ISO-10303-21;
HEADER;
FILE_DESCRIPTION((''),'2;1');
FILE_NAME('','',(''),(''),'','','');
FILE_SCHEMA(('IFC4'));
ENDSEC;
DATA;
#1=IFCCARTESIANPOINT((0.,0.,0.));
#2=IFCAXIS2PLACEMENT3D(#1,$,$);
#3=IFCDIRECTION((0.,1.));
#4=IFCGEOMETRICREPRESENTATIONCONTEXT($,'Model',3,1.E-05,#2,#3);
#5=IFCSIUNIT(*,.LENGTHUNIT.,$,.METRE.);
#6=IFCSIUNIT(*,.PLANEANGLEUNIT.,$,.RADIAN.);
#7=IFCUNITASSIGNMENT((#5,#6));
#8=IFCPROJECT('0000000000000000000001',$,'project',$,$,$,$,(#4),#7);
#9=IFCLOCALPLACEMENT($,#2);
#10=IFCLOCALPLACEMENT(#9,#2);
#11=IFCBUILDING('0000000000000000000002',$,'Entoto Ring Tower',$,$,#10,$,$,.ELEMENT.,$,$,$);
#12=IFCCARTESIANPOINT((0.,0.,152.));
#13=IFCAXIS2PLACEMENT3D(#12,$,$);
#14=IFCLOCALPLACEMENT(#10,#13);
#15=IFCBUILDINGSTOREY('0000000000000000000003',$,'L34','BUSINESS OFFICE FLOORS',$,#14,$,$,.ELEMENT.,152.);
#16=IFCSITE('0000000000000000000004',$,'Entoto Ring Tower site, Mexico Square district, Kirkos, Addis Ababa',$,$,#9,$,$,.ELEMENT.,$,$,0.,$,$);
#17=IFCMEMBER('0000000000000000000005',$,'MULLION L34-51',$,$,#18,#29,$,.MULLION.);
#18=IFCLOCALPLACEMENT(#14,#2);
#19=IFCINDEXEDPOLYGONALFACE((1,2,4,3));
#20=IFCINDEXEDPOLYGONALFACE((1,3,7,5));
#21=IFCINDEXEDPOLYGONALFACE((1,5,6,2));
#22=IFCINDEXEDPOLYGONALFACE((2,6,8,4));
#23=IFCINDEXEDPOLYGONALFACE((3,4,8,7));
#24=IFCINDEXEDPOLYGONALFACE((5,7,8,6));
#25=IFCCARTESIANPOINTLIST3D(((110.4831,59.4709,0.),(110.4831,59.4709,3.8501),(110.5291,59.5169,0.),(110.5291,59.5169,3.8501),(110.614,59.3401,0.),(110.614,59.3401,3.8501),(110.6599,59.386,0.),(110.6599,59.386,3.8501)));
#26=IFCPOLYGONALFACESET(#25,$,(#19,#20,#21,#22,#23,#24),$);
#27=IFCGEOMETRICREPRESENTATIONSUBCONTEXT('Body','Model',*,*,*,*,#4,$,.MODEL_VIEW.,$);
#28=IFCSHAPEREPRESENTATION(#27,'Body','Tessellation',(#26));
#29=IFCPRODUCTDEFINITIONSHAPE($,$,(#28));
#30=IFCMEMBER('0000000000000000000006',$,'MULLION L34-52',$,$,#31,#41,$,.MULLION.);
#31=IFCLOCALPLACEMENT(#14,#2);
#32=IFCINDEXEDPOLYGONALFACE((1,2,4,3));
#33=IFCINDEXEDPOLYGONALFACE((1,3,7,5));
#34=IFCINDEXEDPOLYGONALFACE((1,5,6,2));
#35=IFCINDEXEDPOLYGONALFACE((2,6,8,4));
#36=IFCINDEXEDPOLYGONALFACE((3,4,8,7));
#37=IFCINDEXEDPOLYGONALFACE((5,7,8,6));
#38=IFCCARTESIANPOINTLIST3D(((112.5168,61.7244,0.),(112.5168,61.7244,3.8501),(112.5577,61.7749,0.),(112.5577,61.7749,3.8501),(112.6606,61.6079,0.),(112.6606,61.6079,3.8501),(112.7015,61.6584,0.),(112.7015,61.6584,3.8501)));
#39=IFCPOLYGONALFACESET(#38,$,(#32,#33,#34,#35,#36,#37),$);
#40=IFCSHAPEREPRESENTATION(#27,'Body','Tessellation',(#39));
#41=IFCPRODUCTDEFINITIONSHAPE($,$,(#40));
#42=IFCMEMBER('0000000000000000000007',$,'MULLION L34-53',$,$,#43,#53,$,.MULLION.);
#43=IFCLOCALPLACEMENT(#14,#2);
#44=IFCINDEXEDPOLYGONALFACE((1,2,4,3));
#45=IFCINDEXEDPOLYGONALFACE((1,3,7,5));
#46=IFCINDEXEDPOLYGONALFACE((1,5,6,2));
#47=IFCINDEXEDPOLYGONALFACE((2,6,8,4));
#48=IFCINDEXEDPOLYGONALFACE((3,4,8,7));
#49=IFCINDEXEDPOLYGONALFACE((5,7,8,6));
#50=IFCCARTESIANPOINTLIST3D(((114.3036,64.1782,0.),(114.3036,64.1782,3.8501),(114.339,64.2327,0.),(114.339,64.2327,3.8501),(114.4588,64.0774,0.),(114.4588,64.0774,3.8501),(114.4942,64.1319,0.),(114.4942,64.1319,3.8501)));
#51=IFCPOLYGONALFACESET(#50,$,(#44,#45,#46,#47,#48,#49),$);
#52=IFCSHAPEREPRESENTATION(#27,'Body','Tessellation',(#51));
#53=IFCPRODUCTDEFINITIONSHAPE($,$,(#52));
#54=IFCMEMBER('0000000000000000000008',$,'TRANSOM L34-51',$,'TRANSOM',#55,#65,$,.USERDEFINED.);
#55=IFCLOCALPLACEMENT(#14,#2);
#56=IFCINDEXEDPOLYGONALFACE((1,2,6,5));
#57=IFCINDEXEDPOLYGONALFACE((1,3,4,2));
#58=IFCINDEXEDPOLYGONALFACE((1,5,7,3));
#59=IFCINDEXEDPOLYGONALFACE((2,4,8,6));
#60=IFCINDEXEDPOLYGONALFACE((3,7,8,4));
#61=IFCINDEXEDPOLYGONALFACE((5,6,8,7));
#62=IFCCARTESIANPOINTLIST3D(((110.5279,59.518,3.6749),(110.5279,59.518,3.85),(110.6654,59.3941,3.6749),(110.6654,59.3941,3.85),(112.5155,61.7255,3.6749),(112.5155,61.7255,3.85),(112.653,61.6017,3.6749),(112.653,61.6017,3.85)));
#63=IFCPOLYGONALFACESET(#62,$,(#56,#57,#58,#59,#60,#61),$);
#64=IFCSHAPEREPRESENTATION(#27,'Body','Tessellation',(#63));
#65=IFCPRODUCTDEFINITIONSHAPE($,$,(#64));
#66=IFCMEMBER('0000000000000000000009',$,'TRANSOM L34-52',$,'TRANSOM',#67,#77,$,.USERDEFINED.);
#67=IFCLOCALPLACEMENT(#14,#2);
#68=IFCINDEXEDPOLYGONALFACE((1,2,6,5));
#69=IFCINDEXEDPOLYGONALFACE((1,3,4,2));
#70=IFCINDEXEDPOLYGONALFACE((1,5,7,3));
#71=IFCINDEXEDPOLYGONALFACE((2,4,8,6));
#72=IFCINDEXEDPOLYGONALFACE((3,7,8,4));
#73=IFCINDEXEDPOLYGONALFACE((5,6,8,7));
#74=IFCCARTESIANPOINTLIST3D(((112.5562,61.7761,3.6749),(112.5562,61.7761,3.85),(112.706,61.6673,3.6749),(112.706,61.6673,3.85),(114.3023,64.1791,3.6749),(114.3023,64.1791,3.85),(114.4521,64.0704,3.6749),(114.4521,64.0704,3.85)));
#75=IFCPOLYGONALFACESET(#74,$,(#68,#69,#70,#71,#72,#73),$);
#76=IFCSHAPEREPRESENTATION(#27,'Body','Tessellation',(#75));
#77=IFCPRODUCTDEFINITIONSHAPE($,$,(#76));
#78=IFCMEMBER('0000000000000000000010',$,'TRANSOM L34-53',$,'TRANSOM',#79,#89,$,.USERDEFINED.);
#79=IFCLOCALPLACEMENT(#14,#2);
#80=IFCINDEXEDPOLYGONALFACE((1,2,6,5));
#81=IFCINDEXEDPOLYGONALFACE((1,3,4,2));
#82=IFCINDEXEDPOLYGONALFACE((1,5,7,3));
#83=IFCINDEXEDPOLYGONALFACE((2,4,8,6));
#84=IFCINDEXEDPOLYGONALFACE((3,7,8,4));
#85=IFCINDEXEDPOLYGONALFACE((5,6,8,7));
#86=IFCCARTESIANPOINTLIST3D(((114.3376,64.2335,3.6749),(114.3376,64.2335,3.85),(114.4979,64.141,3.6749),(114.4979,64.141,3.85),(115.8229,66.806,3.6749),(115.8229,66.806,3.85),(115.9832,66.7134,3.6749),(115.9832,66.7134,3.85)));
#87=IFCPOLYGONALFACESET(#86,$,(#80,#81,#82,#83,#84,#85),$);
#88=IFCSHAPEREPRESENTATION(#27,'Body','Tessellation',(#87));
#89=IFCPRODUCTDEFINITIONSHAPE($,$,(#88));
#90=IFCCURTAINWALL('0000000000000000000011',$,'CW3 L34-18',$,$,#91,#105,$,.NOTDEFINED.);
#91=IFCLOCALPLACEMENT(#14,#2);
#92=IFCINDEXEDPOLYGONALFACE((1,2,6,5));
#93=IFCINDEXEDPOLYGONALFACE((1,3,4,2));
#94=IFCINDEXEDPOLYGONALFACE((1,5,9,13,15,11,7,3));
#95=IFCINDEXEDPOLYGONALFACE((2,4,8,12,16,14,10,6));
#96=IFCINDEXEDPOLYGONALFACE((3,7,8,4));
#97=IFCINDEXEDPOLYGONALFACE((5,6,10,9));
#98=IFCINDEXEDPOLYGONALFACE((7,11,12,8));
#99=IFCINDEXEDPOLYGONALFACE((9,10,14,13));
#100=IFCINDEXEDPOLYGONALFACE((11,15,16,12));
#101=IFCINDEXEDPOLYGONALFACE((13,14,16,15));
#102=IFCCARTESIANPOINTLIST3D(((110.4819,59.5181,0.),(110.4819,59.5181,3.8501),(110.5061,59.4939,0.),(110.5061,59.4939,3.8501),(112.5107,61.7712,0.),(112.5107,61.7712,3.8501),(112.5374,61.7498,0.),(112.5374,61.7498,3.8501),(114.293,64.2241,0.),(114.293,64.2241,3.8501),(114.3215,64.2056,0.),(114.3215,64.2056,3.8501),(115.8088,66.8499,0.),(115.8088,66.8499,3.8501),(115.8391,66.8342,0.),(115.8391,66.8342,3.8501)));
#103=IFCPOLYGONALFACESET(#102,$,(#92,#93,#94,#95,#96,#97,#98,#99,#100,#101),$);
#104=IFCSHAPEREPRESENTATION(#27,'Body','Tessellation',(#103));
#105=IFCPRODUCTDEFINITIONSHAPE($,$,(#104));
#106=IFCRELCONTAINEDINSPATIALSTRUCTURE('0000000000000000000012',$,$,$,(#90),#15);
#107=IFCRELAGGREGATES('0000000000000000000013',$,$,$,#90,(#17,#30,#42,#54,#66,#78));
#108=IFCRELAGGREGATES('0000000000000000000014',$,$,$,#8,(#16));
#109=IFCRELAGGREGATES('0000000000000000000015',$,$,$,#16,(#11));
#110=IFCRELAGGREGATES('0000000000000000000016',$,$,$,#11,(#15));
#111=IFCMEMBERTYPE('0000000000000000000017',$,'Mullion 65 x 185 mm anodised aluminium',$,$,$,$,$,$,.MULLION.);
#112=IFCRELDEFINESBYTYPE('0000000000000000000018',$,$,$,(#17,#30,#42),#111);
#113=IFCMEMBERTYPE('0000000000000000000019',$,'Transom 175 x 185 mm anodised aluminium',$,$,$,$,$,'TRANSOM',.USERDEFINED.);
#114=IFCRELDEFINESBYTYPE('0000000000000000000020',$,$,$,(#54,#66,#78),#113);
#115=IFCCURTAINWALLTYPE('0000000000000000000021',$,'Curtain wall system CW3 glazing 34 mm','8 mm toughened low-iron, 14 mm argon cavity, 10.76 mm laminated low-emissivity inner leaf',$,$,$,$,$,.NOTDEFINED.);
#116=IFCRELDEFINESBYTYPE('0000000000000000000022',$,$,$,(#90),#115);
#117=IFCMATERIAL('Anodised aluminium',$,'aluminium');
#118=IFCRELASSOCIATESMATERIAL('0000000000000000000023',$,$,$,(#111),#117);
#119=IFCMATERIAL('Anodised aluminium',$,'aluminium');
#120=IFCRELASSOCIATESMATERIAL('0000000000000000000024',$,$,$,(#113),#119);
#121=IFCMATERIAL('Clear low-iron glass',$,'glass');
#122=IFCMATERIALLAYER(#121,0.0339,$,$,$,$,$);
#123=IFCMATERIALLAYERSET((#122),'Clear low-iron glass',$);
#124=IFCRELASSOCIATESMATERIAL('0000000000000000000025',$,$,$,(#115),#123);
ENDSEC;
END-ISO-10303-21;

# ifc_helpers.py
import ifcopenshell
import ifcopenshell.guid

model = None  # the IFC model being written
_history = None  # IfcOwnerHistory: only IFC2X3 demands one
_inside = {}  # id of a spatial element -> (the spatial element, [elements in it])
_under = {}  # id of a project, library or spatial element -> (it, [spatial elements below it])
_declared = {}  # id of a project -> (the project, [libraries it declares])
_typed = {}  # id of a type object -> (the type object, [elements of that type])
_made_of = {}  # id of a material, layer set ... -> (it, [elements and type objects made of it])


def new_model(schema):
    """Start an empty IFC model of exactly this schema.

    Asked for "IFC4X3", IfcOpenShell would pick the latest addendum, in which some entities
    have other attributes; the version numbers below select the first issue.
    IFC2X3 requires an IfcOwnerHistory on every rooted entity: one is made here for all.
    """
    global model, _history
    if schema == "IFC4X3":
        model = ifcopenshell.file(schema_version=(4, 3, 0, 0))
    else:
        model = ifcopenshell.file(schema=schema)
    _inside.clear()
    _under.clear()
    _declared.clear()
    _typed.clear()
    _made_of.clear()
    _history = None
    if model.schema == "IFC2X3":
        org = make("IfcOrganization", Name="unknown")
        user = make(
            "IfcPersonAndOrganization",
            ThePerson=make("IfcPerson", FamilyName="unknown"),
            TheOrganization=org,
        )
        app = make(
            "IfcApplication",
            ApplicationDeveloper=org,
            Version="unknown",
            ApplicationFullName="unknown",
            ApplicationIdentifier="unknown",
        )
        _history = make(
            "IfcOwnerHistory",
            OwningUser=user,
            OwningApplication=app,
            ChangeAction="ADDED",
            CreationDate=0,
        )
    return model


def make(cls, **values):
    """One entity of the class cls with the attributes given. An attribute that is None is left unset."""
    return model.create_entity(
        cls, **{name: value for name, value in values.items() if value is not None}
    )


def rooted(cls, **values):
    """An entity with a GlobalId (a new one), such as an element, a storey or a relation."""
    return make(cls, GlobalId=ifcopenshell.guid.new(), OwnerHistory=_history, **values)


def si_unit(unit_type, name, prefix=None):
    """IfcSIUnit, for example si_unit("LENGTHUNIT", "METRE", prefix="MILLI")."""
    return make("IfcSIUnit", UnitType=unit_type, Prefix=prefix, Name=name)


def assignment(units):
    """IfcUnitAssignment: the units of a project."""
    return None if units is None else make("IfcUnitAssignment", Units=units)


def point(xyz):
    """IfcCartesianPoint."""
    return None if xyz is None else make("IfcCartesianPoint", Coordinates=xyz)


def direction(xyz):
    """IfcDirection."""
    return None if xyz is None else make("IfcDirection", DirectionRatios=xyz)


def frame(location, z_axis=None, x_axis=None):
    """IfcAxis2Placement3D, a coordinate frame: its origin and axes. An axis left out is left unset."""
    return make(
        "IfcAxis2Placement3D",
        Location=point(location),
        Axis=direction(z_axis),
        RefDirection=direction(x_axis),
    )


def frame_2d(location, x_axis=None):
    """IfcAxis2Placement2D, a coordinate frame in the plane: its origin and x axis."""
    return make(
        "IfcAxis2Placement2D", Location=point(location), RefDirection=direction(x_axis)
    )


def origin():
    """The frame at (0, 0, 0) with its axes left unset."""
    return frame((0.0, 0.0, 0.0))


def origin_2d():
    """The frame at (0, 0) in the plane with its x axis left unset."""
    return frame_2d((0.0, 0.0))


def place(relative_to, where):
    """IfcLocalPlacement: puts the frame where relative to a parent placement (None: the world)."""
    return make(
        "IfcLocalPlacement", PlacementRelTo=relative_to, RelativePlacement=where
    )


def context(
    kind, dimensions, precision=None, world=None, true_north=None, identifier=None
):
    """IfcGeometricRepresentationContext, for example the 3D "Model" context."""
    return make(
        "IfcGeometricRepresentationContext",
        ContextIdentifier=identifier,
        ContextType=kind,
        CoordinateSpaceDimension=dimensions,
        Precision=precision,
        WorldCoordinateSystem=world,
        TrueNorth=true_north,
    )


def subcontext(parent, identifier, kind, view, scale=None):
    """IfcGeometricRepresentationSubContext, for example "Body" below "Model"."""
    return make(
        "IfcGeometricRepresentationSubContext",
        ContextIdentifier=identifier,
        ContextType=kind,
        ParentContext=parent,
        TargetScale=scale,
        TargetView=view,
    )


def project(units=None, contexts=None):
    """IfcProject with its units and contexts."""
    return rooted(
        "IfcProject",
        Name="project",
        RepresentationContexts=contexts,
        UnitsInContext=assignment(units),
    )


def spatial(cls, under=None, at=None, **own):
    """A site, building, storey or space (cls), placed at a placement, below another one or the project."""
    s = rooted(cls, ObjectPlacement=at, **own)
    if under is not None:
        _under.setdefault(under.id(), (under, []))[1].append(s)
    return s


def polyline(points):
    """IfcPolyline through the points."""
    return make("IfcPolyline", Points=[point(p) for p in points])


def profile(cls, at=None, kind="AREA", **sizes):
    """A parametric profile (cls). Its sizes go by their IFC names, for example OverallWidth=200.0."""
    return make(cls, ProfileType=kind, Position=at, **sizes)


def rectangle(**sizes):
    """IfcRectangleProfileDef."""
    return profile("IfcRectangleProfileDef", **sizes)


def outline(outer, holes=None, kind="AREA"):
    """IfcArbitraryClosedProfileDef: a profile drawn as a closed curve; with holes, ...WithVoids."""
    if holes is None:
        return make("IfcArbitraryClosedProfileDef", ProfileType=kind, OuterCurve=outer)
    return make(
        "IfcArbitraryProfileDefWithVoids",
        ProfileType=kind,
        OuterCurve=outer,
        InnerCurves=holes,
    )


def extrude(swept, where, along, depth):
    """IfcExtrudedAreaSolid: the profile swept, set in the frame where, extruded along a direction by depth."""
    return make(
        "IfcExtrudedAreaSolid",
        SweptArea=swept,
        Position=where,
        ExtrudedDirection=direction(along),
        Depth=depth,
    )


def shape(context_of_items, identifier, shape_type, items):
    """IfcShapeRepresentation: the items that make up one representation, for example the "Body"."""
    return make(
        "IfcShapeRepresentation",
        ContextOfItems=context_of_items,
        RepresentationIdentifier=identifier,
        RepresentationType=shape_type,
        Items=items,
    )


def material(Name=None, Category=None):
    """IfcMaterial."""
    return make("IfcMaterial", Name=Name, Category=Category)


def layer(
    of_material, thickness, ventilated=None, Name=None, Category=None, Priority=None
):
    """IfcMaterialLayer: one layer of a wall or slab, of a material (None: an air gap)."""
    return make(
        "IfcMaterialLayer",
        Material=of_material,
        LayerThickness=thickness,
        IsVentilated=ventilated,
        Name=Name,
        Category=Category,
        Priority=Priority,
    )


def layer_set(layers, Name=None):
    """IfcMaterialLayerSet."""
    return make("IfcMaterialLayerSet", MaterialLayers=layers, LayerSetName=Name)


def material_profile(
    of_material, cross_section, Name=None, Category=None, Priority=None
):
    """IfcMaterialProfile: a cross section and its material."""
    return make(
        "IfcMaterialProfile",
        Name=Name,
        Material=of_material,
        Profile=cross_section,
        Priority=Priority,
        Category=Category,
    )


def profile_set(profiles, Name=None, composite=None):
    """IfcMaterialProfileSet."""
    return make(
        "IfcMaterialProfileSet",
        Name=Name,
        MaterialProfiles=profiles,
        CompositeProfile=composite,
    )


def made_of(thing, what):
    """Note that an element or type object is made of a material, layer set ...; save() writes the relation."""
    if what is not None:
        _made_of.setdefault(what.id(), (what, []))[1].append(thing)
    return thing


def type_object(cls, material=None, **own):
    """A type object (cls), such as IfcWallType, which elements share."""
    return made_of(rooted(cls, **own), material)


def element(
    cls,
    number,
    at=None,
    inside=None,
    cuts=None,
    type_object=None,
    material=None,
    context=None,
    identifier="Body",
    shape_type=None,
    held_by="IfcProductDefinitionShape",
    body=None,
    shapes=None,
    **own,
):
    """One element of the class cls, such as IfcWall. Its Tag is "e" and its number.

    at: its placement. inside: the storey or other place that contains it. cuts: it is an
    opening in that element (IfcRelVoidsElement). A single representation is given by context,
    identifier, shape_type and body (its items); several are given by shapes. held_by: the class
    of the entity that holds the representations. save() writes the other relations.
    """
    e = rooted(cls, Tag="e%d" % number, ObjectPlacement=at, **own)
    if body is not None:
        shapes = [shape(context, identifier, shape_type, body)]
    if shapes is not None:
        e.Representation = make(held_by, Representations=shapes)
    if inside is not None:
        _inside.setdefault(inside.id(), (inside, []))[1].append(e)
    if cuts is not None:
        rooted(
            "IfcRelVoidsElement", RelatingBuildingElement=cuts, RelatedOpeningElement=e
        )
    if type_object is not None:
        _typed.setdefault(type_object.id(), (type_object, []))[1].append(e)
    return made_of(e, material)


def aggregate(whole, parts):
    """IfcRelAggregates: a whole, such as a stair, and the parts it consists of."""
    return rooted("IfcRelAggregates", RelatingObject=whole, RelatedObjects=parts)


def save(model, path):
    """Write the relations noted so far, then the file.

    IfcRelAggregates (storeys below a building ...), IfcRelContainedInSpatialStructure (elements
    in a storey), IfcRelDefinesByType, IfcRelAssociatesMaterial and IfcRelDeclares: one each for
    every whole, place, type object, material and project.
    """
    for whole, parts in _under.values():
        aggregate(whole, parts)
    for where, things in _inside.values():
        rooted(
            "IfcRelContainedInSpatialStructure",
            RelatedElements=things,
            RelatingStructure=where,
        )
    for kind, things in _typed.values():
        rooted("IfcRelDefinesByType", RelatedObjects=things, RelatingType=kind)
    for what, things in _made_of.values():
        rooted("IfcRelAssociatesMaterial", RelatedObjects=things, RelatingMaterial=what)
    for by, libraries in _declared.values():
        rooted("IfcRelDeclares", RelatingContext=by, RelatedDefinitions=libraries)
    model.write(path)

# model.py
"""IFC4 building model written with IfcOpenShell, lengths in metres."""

from ifc_helpers import new_model, si_unit, direction, frame, origin, origin_2d, place, context, subcontext, project, spatial, polyline, rectangle, outline, extrude, material, layer, layer_set, material_profile, profile_set, type_object, element, aggregate, save


model = new_model("IFC4")

# Units and contexts
model_context = context("Model", 3, precision=1e-05, world=origin(), true_north=direction((0.0, 1.0)))
body_context = subcontext(model_context, "Body", "Model", "MODEL_VIEW")
ifc_project = project(units=[si_unit("LENGTHUNIT", "METRE"), si_unit("PLANEANGLEUNIT", "RADIAN")], contexts=[model_context])

# Members
ifc_material_1 = material(Name="Anodised aluminium", Category="aluminium")
ifc_material_profile_1 = material_profile(ifc_material_1, rectangle(XDim=0.0649, YDim=0.1851, at=origin_2d()), Name="Mullion 65 x 185 mm anodised aluminium")
ifc_profile_set_1 = profile_set([ifc_material_profile_1], Name="Anodised aluminium")
member_type_1 = type_object("IfcMemberType", Name="Mullion 65 x 185 mm anodised aluminium", PredefinedType="MULLION", material=ifc_profile_set_1)
site_placement = place(None, origin())
building_placement = place(site_placement, origin())
storey_placement = place(building_placement, frame((0.0, 0.0, 152.0)))
member_1_placement = place(storey_placement, frame((110.5715, 59.4285, 0.0), z_axis=(0.0, 0.0, 1.0), x_axis=(0.707107, 0.707107, 0.0)))
member_1 = element("IfcMember", 1, at=member_1_placement, type_object=member_type_1, Name="MULLION L34-51", PredefinedType="MULLION", context=body_context, shape_type="SweptSolid", body=[
    extrude(rectangle(XDim=0.0649, YDim=0.1851, at=origin_2d()), origin(), (0.0, 0.0, 1.0), 3.8501),
])
member_2_placement = place(storey_placement, frame((112.6091, 61.6914, 0.0), z_axis=(0.0, 0.0, 1.0), x_axis=(0.62932, 0.777146, 0.0)))
member_2 = element("IfcMember", 2, at=member_2_placement, type_object=member_type_1, Name="MULLION L34-52", PredefinedType="MULLION", context=body_context, shape_type="SweptSolid", body=[
    extrude(rectangle(XDim=0.0649, YDim=0.1851, at=origin_2d()), origin(), (0.0, 0.0, 1.0), 3.8501),
])
member_3_placement = place(storey_placement, frame((114.3989, 64.155, 0.0), z_axis=(0.0, 0.0, 1.0), x_axis=(0.544639, 0.838671, 0.0)))
member_3 = element("IfcMember", 3, at=member_3_placement, type_object=member_type_1, Name="MULLION L34-53", PredefinedType="MULLION", context=body_context, shape_type="SweptSolid", body=[
    extrude(rectangle(XDim=0.0649, YDim=0.1851, at=origin_2d()), origin(), (0.0, 0.0, 1.0), 3.8501),
])
ifc_material_2 = material(Name="Anodised aluminium", Category="aluminium")
ifc_material_profile_2 = material_profile(ifc_material_2, rectangle(XDim=0.1851, YDim=0.175, at=origin_2d()), Name="Transom 175 x 185 mm anodised aluminium")
ifc_profile_set_2 = profile_set([ifc_material_profile_2], Name="Anodised aluminium")
member_type_2 = type_object("IfcMemberType", Name="Transom 175 x 185 mm anodised aluminium", ElementType="TRANSOM", PredefinedType="USERDEFINED", material=ifc_profile_set_2)
member_4_placement = place(storey_placement, frame((110.5967, 59.4561, 3.7625), z_axis=(0.66911, 0.743163, 0.0), x_axis=(-0.743163, 0.66911, 0.0)))
member_4 = element("IfcMember", 4, at=member_4_placement, type_object=member_type_2, Name="TRANSOM L34-51", ObjectType="TRANSOM", PredefinedType="USERDEFINED", context=body_context, shape_type="SweptSolid", body=[
    extrude(rectangle(XDim=0.1851, YDim=0.175, at=origin_2d()), origin(), (0.0, 0.0, 1.0), 2.9705),
])
member_5_placement = place(storey_placement, frame((112.6311, 61.7217, 3.7625), z_axis=(0.58782, 0.808992, 0.0), x_axis=(-0.808992, 0.58782, 0.0)))
member_5 = element("IfcMember", 5, at=member_5_placement, type_object=member_type_2, Name="TRANSOM L34-52", ObjectType="TRANSOM", PredefinedType="USERDEFINED", context=body_context, shape_type="SweptSolid", body=[
    extrude(rectangle(XDim=0.1851, YDim=0.175, at=origin_2d()), origin(), (0.0, 0.0, 1.0), 2.9705),
])
member_6_placement = place(storey_placement, frame((114.4177, 64.1873, 3.7625), z_axis=(0.500028, 0.866009, 0.0), x_axis=(-0.866009, 0.500028, 0.0)))
member_6 = element("IfcMember", 6, at=member_6_placement, type_object=member_type_2, Name="TRANSOM L34-53", ObjectType="TRANSOM", PredefinedType="USERDEFINED", context=body_context, shape_type="SweptSolid", body=[
    extrude(rectangle(XDim=0.1851, YDim=0.175, at=origin_2d()), origin(), (0.0, 0.0, 1.0), 2.9705),
])

# Site, building, storey
site = spatial("IfcSite", under=ifc_project, at=site_placement, Name="Entoto Ring Tower site, Mexico Square district, Kirkos, Addis Ababa", CompositionType="ELEMENT", RefElevation=0.0)
building = spatial("IfcBuilding", under=site, at=building_placement, Name="Entoto Ring Tower", CompositionType="ELEMENT")
storey = spatial("IfcBuildingStorey", under=building, at=storey_placement, Name="L34", Description="BUSINESS OFFICE FLOORS", CompositionType="ELEMENT", Elevation=152.0)

# Curtain wall
ifc_material_3 = material(Name="Clear low-iron glass", Category="glass")
ifc_layer_1 = layer(ifc_material_3, 0.0339)
ifc_layer_set_1 = layer_set([ifc_layer_1], Name="Clear low-iron glass")
curtain_wall_type = type_object("IfcCurtainWallType", Name="Curtain wall system CW3 glazing 34 mm", Description="8 mm toughened low-iron, 14 mm argon cavity, 10.76 mm laminated low-emissivity inner leaf", PredefinedType="NOTDEFINED", material=ifc_layer_set_1)
curtain_wall_1_placement = place(storey_placement, origin())
curtain_wall_1 = element("IfcCurtainWall", 7, at=curtain_wall_1_placement, inside=storey, type_object=curtain_wall_type, Name="CW3 L34-18", PredefinedType="NOTDEFINED", context=body_context, shape_type="SweptSolid", body=[
    extrude(outline(polyline([(110.5061, 59.4939), (112.5374, 61.7498), (114.3215, 64.2056), (115.8391, 66.8342), (115.8088, 66.8499), (114.293, 64.2241), (112.5107, 61.7712), (110.4819, 59.5181), (110.5061, 59.4939)])), origin(), (0.0, 0.0, 1.0), 3.8501),
])
aggregate(curtain_wall_1, [member_1, member_2, member_3, member_4, member_5, member_6])

save(model, "model.ifc")
